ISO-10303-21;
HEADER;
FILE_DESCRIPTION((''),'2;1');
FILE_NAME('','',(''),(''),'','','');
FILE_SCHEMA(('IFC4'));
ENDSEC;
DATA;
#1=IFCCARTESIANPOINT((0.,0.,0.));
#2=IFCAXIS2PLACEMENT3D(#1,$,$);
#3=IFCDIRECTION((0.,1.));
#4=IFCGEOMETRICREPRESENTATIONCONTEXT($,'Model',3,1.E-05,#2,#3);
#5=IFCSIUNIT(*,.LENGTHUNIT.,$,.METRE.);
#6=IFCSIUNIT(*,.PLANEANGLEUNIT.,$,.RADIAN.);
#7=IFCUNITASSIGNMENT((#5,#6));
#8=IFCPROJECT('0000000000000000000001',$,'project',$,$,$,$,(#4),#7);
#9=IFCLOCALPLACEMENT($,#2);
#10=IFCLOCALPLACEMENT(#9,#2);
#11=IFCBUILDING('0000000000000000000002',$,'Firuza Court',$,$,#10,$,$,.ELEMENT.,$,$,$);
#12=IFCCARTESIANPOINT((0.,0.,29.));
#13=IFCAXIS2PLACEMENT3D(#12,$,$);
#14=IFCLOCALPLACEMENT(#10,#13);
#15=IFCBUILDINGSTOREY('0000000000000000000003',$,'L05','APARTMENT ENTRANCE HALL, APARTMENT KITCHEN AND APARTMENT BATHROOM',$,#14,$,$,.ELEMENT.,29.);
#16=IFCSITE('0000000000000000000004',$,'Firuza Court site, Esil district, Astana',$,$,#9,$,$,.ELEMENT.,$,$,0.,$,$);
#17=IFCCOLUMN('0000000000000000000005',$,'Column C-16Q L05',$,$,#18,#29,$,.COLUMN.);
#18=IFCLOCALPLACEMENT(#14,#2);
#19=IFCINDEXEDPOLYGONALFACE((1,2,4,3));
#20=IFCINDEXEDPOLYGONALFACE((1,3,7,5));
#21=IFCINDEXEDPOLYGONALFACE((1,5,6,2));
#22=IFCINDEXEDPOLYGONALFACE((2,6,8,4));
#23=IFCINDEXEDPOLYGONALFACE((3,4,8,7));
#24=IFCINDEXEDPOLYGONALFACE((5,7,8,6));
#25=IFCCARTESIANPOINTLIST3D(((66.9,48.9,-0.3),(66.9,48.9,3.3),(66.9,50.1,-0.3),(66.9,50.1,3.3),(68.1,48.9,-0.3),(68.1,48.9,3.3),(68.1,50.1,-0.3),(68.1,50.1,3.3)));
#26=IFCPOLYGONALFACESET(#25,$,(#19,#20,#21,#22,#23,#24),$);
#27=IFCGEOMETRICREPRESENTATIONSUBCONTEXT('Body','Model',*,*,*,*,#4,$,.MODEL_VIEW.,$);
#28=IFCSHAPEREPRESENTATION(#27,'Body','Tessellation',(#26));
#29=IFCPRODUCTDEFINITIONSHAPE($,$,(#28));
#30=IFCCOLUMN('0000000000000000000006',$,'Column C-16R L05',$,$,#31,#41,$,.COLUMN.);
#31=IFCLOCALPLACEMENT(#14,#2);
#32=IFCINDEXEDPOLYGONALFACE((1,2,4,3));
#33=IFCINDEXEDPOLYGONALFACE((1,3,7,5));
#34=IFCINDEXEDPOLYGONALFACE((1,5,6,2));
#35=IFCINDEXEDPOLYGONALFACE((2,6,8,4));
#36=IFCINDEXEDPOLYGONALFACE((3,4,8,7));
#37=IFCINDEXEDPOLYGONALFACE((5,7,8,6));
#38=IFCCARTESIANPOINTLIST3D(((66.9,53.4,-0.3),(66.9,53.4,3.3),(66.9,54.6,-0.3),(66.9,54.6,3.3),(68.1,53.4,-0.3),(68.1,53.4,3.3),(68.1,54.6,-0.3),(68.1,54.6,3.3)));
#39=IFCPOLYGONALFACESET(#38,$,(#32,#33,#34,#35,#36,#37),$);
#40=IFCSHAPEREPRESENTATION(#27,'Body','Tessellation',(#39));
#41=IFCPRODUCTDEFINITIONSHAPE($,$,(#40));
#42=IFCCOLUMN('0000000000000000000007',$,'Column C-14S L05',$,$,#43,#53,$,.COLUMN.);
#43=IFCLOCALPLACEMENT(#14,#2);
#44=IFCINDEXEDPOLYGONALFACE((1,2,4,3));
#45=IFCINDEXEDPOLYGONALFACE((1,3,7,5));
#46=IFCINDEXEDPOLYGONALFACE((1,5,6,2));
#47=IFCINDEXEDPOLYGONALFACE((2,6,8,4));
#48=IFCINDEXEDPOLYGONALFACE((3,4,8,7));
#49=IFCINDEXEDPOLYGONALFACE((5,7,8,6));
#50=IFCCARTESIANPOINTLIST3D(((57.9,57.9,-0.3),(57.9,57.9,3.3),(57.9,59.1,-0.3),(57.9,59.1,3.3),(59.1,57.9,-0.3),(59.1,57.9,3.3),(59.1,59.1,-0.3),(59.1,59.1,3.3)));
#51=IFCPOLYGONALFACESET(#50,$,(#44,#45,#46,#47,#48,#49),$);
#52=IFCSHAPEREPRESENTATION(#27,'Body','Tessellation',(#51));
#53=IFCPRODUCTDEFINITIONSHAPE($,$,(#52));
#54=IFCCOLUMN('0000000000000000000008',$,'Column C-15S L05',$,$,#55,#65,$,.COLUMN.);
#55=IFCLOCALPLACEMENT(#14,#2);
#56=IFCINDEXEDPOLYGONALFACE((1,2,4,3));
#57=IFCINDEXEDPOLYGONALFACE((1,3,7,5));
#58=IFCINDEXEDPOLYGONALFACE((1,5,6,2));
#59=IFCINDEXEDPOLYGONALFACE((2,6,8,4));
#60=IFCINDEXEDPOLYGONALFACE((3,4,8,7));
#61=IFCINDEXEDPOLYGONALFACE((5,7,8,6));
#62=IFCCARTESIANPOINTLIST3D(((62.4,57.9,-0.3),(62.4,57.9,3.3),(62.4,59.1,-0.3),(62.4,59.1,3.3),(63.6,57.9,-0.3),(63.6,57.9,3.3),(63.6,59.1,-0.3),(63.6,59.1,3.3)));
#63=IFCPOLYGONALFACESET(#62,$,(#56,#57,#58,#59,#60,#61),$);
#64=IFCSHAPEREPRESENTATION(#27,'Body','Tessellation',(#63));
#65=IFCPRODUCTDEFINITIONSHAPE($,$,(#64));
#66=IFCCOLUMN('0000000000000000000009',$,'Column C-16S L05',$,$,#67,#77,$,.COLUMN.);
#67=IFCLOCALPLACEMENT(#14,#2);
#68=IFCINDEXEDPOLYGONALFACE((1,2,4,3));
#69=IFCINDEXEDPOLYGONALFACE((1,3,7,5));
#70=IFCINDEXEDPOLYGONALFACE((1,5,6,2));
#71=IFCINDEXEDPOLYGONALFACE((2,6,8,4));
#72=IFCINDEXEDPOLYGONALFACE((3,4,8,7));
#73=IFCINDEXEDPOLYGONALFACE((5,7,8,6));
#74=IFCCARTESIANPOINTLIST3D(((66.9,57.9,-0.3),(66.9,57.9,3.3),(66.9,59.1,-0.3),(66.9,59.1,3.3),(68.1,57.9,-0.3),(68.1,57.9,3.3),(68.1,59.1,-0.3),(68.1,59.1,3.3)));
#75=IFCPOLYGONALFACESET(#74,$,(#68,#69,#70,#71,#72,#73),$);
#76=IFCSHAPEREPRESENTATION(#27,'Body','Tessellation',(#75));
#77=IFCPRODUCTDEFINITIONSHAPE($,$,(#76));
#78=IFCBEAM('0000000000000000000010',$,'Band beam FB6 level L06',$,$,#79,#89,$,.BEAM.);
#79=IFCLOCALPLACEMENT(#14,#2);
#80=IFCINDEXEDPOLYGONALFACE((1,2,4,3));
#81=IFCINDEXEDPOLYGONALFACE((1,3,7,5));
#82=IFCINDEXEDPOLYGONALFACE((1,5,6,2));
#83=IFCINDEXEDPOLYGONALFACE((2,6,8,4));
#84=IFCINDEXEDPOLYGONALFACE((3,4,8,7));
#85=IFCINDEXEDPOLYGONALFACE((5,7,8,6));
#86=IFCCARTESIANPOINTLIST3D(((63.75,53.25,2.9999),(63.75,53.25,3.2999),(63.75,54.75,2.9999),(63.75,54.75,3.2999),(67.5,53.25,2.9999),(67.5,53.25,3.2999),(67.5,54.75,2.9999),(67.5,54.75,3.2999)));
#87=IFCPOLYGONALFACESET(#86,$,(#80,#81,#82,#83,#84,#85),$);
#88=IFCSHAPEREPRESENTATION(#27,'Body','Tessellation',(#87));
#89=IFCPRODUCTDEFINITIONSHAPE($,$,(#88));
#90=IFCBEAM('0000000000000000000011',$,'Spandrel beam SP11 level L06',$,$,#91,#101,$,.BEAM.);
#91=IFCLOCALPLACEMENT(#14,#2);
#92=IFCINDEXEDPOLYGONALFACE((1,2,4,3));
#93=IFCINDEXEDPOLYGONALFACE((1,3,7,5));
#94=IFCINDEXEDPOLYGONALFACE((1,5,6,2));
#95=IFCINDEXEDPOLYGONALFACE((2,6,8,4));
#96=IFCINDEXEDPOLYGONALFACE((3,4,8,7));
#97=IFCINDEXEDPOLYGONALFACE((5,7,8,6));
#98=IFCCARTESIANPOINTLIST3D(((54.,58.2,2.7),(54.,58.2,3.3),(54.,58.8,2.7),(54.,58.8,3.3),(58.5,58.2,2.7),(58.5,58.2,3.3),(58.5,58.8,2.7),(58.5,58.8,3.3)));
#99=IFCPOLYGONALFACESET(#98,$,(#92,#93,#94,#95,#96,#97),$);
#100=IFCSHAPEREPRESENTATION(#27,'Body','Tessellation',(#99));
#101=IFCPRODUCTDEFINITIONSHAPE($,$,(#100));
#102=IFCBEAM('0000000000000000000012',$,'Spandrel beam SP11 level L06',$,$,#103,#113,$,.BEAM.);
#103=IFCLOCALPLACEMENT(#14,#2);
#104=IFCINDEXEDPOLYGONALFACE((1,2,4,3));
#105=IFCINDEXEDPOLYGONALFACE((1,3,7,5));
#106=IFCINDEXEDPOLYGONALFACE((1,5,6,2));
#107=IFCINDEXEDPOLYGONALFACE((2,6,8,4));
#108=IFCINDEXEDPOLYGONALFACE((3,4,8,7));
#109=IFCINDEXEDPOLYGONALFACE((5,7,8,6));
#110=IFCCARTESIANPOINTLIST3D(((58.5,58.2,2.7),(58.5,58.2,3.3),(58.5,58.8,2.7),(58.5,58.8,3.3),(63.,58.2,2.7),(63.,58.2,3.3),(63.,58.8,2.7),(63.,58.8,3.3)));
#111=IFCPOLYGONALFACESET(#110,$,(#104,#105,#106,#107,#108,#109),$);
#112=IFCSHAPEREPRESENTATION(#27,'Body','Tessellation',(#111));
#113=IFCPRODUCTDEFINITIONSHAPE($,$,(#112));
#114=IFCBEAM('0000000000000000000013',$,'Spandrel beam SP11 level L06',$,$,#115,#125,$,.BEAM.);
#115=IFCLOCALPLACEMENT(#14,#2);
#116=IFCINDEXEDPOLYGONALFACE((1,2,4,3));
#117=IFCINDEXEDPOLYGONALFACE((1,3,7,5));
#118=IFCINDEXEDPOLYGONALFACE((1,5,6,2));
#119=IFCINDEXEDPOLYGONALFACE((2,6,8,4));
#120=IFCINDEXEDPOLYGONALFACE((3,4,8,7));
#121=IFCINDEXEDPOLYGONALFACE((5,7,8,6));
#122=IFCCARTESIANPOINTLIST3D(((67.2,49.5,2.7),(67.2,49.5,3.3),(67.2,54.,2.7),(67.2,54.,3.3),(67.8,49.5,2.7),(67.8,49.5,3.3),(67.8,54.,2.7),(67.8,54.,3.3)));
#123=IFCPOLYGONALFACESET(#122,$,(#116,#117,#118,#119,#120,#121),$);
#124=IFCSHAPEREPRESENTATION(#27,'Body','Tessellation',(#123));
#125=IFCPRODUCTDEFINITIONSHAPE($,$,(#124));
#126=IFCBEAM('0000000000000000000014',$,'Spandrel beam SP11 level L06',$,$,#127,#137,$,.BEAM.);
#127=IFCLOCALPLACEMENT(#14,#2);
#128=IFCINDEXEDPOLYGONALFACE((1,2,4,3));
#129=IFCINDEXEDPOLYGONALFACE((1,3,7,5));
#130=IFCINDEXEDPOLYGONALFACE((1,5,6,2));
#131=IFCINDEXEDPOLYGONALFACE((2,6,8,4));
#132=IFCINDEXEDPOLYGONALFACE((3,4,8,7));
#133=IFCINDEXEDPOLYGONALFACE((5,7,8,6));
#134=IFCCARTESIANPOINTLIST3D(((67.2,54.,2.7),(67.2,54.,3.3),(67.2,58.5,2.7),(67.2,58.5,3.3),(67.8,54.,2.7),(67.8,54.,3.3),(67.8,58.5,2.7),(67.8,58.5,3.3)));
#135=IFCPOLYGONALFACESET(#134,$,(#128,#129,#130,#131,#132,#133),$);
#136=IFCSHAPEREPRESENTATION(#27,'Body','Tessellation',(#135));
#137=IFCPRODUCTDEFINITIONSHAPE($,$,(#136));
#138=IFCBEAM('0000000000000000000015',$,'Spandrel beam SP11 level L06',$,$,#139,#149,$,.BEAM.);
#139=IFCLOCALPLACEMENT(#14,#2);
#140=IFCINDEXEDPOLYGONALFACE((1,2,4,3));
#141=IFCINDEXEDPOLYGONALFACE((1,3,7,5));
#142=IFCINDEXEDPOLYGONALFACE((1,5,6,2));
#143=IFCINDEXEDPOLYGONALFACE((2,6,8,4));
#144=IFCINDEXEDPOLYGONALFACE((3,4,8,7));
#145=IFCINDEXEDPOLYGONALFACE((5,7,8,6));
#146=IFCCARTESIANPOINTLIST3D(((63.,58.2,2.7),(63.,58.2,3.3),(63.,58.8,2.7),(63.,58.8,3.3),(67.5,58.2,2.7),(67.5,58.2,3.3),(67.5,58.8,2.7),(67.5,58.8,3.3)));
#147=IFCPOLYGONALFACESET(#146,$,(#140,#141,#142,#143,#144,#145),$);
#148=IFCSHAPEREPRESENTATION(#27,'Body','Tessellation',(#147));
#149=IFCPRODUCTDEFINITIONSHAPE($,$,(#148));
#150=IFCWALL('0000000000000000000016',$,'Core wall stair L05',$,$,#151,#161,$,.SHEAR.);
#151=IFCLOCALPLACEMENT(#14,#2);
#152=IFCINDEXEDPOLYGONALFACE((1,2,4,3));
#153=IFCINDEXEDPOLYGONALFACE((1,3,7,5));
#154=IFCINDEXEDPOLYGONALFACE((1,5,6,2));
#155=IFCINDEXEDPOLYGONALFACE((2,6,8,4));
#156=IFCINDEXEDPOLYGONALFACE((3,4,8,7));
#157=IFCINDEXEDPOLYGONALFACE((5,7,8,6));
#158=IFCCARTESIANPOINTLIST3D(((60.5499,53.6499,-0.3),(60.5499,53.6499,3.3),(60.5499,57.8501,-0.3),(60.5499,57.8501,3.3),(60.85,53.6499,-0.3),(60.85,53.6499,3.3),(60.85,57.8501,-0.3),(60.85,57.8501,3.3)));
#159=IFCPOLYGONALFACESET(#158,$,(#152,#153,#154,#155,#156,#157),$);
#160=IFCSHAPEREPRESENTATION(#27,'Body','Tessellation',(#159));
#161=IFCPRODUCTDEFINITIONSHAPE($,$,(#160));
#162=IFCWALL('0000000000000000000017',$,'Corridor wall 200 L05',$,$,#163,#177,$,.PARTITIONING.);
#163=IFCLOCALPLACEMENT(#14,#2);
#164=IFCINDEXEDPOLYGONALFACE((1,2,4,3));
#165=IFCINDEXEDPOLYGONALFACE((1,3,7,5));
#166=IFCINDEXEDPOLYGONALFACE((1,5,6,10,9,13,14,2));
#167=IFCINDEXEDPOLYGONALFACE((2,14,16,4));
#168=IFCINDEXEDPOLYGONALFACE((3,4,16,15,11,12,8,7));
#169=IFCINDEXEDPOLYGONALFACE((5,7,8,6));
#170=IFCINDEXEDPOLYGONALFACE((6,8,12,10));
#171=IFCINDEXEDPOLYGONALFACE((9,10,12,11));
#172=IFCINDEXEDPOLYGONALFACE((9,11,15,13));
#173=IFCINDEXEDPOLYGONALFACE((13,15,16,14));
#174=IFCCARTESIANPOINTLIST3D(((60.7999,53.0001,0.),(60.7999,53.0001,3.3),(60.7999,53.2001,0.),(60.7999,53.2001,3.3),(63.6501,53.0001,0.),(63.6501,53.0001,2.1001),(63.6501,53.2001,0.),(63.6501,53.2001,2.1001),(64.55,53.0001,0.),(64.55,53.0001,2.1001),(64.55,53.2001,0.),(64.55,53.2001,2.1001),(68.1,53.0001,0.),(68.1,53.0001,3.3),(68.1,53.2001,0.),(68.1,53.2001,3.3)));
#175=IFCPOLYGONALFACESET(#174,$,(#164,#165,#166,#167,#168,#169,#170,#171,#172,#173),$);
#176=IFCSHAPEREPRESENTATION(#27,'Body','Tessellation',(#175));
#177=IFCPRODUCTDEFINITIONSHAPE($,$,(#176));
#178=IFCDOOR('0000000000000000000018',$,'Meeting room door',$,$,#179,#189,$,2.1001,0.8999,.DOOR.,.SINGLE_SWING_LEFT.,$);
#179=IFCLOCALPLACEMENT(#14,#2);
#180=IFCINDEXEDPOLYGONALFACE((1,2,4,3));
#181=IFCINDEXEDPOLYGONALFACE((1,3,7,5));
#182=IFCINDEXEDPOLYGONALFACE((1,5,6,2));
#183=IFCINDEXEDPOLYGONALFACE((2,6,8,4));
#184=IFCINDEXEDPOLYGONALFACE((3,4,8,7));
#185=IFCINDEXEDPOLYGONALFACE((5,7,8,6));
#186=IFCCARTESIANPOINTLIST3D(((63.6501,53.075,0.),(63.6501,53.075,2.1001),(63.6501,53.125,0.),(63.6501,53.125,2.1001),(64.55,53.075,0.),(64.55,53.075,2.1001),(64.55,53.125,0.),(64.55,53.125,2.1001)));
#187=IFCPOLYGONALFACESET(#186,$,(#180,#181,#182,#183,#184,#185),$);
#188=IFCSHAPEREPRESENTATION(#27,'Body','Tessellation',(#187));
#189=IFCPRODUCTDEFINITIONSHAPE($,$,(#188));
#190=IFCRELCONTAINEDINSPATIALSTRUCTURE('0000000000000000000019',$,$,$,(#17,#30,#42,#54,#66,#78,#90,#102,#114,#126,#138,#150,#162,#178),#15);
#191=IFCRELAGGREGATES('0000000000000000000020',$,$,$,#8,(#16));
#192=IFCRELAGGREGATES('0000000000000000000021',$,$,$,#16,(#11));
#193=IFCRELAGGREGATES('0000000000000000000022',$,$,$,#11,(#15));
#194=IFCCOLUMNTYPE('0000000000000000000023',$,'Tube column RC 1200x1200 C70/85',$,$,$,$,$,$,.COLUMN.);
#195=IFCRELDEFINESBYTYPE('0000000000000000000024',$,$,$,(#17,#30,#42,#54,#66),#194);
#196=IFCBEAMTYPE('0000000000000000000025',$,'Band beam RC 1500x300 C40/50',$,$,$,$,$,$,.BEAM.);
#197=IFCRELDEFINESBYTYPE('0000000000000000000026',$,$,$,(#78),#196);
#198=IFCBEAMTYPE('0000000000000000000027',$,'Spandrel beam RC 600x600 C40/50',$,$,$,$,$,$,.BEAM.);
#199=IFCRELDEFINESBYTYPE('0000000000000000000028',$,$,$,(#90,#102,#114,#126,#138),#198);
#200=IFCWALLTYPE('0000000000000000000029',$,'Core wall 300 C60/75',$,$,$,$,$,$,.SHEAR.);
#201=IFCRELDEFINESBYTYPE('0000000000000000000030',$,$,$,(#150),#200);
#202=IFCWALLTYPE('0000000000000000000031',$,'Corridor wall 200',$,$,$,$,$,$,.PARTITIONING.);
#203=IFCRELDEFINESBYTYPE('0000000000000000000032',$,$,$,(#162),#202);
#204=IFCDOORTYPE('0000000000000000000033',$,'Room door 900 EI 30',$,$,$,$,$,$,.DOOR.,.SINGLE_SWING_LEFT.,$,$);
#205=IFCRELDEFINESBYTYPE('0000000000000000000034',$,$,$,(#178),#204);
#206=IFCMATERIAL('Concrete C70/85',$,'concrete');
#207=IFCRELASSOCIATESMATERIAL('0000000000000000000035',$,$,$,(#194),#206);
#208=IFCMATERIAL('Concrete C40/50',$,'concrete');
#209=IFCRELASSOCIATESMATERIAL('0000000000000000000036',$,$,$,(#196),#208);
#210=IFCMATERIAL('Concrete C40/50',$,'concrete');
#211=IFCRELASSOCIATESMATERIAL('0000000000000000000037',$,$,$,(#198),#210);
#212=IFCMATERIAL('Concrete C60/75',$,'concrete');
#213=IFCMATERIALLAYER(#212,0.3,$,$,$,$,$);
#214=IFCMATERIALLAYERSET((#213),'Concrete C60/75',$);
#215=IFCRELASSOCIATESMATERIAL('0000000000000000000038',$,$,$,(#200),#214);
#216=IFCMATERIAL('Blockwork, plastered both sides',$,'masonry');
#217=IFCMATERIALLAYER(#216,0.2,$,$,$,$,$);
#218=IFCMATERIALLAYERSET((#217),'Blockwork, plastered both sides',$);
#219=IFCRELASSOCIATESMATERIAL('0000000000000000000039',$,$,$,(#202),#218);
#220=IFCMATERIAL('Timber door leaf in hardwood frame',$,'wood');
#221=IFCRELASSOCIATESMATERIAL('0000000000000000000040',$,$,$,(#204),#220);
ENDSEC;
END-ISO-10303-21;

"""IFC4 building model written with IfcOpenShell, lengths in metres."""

from ifc_helpers import new_model, si_unit, direction, frame, frame_2d, origin, origin_2d, place, context, subcontext, project, spatial, rectangle, extrude, material, layer, layer_set, material_profile, profile_set, type_object, element, fill, save


model = new_model("IFC4")

# Units and contexts
model_context = context("Model", 3, precision=1e-05, world=origin(), true_north=direction((0.0, 1.0)))
body_context = subcontext(model_context, "Body", "Model", "MODEL_VIEW")
ifc_project = project(units=[si_unit("LENGTHUNIT", "METRE"), si_unit("PLANEANGLEUNIT", "RADIAN")], contexts=[model_context])

# Site, building, storey
site_placement = place(None, origin())
site = spatial("IfcSite", under=ifc_project, at=site_placement, Name="Firuza Court site, Esil district, Astana", CompositionType="ELEMENT", RefElevation=0.0)
building_placement = place(site_placement, origin())
building = spatial("IfcBuilding", under=site, at=building_placement, Name="Firuza Court", CompositionType="ELEMENT")
storey_placement = place(building_placement, frame((0.0, 0.0, 29.0)))
storey = spatial("IfcBuildingStorey", under=building, at=storey_placement, Name="L05", Description="APARTMENT ENTRANCE HALL, APARTMENT KITCHEN AND APARTMENT BATHROOM", CompositionType="ELEMENT", Elevation=29.0)

# Columns
ifc_material_1 = material(Name="Concrete C70/85", Category="concrete")
ifc_material_profile_1 = material_profile(ifc_material_1, rectangle(XDim=1.2, YDim=1.2, at=origin_2d()), Name="RC 1200x1200")
ifc_profile_set_1 = profile_set([ifc_material_profile_1], Name="Concrete C70/85")
column_type = type_object("IfcColumnType", Name="Tube column RC 1200x1200 C70/85", PredefinedType="COLUMN", material=ifc_profile_set_1)
for number, where, z_axis, x_axis, name in (
    (1, (67.5, 49.5, -0.3), (0.0, 0.0, 1.0), (1.0, 0.0, 0.0), "Column C-16Q L05"),
    (2, (67.5, 54.0, -0.3), (0.0, 0.0, 1.0), (1.0, 0.0, 0.0), "Column C-16R L05"),
    (3, (58.5, 58.5, -0.3), (0.0, 0.0, 1.0), (1.0, 0.0, 0.0), "Column C-14S L05"),
    (4, (63.0, 58.5, -0.3), (0.0, 0.0, 1.0), (1.0, 0.0, 0.0), "Column C-15S L05"),
    (5, (67.5, 58.5, -0.3), (0.0, 0.0, 1.0), (1.0, 0.0, 0.0), "Column C-16S L05"),
):
    element("IfcColumn", number, at=place(storey_placement, frame(where, z_axis=z_axis, x_axis=x_axis)), inside=storey, type_object=column_type, Name=name, PredefinedType="COLUMN", context=body_context, shape_type="SweptSolid", body=[
        extrude(rectangle(XDim=1.2, YDim=1.2, at=origin_2d()), origin(), (0.0, 0.0, 1.0), 3.6001),
    ])

# Beams
ifc_material_2 = material(Name="Concrete C40/50", Category="concrete")
ifc_material_profile_2 = material_profile(ifc_material_2, rectangle(XDim=1.5, YDim=0.3, at=origin_2d()), Name="RC 1500x300")
ifc_profile_set_2 = profile_set([ifc_material_profile_2], Name="Concrete C40/50")
beam_type_1 = type_object("IfcBeamType", Name="Band beam RC 1500x300 C40/50", PredefinedType="BEAM", material=ifc_profile_set_2)
beam_placement = place(storey_placement, frame((67.5, 54.0, 3.1499), z_axis=(-1.0, 0.0, 0.0), x_axis=(0.0, -1.0, 0.0)))
element("IfcBeam", 6, at=beam_placement, inside=storey, type_object=beam_type_1, Name="Band beam FB6 level L06", PredefinedType="BEAM", context=body_context, shape_type="SweptSolid", body=[
    extrude(rectangle(XDim=1.5, YDim=0.3, at=origin_2d()), origin(), (0.0, 0.0, 1.0), 3.75),
])
ifc_material_3 = material(Name="Concrete C40/50", Category="concrete")
ifc_material_profile_3 = material_profile(ifc_material_3, rectangle(XDim=0.6001, YDim=0.6001, at=origin_2d()), Name="RC 600x600")
ifc_profile_set_3 = profile_set([ifc_material_profile_3], Name="Concrete C40/50")
beam_type_2 = type_object("IfcBeamType", Name="Spandrel beam RC 600x600 C40/50", PredefinedType="BEAM", material=ifc_profile_set_3)
for number, where, z_axis, x_axis, name in (
    (7, (58.5, 58.5, 3.0), (-1.0, 0.0, 0.0), (0.0, -1.0, 0.0), "Spandrel beam SP11 level L06"),
    (8, (63.0, 58.5, 3.0), (-1.0, 0.0, 0.0), (0.0, -1.0, 0.0), "Spandrel beam SP11 level L06"),
    (9, (67.5, 49.5, 3.0), (0.0, 1.0, 0.0), (-1.0, 0.0, 0.0), "Spandrel beam SP11 level L06"),
    (10, (67.5, 54.0, 3.0), (0.0, 1.0, 0.0), (-1.0, 0.0, 0.0), "Spandrel beam SP11 level L06"),
    (11, (67.5, 58.5, 3.0), (-1.0, 0.0, 0.0), (0.0, -1.0, 0.0), "Spandrel beam SP11 level L06"),
):
    element("IfcBeam", number, at=place(storey_placement, frame(where, z_axis=z_axis, x_axis=x_axis)), inside=storey, type_object=beam_type_2, Name=name, PredefinedType="BEAM", context=body_context, shape_type="SweptSolid", body=[
        extrude(rectangle(XDim=0.6001, YDim=0.6001, at=origin_2d()), origin(), (0.0, 0.0, 1.0), 4.5),
    ])

# Wall
ifc_material_4 = material(Name="Concrete C60/75", Category="concrete")
ifc_layer_1 = layer(ifc_material_4, 0.3)
ifc_layer_set_1 = layer_set([ifc_layer_1], Name="Concrete C60/75")
wall_type_1 = type_object("IfcWallType", Name="Core wall 300 C60/75", PredefinedType="SHEAR", material=ifc_layer_set_1)
wall_1_placement = place(storey_placement, frame((60.7, 53.6499, -0.3), z_axis=(0.0, 0.0, 1.0), x_axis=(0.0, 1.0, 0.0)))
element("IfcWall", 12, at=wall_1_placement, inside=storey, type_object=wall_type_1, Name="Core wall stair L05", PredefinedType="SHEAR", context=body_context, shape_type="SweptSolid", body=[
    extrude(rectangle(XDim=4.2002, YDim=0.3, at=frame_2d((2.1001, 0.0))), origin(), (0.0, 0.0, 1.0), 3.6001),
])

# Wall, opening, door
ifc_material_5 = material(Name="Blockwork, plastered both sides", Category="masonry")
ifc_layer_2 = layer(ifc_material_5, 0.2)
ifc_layer_set_2 = layer_set([ifc_layer_2], Name="Blockwork, plastered both sides")
wall_type_2 = type_object("IfcWallType", Name="Corridor wall 200", PredefinedType="PARTITIONING", material=ifc_layer_set_2)
wall_2_placement = place(storey_placement, frame((60.8, 53.1001, 0.0), z_axis=(0.0, 0.0, 1.0), x_axis=(1.0, 0.0, 0.0)))
wall_2 = element("IfcWall", 13, at=wall_2_placement, inside=storey, type_object=wall_type_2, Name="Corridor wall 200 L05", PredefinedType="PARTITIONING", context=body_context, shape_type="SweptSolid", body=[
    extrude(rectangle(XDim=7.3, YDim=0.2, at=frame_2d((3.6499, 0.0))), origin(), (0.0, 0.0, 1.0), 3.3),
])
opening_1_placement = place(wall_2_placement, frame((2.8501, 0.0, 0.0)))
opening_1 = element("IfcOpeningElement", 14, at=opening_1_placement, cuts=wall_2, PredefinedType="OPENING", context=body_context, shape_type="SweptSolid", body=[
    extrude(rectangle(XDim=0.8999, YDim=2.1001, at=frame_2d((0.45, 1.05))), frame((0.0, 0.1118, 0.0), z_axis=(0.0, -1.0, 0.0), x_axis=(1.0, 0.0, 0.0)), (0.0, 0.0, 1.0), 0.2239),
])
ifc_material_6 = material(Name="Timber door leaf in hardwood frame", Category="wood")
door_type = type_object("IfcDoorType", Name="Room door 900 EI 30", OperationType="SINGLE_SWING_LEFT", PredefinedType="DOOR", material=ifc_material_6)
door_placement = place(opening_1_placement, origin())
door = element("IfcDoor", 15, at=door_placement, inside=storey, type_object=door_type, Name="Meeting room door", OperationType="SINGLE_SWING_LEFT", OverallHeight=2.1001, OverallWidth=0.8999, PredefinedType="DOOR", context=body_context, shape_type="SweptSolid", body=[
    extrude(rectangle(XDim=0.8999, YDim=2.1001, at=frame_2d((0.45, 1.05))), frame((0.0, 0.0249, 0.0), z_axis=(0.0, -1.0, 0.0), x_axis=(1.0, 0.0, 0.0)), (0.0, 0.0, 1.0), 0.05),
])
fill(opening_1, door)

save(model, "model.ifc")
